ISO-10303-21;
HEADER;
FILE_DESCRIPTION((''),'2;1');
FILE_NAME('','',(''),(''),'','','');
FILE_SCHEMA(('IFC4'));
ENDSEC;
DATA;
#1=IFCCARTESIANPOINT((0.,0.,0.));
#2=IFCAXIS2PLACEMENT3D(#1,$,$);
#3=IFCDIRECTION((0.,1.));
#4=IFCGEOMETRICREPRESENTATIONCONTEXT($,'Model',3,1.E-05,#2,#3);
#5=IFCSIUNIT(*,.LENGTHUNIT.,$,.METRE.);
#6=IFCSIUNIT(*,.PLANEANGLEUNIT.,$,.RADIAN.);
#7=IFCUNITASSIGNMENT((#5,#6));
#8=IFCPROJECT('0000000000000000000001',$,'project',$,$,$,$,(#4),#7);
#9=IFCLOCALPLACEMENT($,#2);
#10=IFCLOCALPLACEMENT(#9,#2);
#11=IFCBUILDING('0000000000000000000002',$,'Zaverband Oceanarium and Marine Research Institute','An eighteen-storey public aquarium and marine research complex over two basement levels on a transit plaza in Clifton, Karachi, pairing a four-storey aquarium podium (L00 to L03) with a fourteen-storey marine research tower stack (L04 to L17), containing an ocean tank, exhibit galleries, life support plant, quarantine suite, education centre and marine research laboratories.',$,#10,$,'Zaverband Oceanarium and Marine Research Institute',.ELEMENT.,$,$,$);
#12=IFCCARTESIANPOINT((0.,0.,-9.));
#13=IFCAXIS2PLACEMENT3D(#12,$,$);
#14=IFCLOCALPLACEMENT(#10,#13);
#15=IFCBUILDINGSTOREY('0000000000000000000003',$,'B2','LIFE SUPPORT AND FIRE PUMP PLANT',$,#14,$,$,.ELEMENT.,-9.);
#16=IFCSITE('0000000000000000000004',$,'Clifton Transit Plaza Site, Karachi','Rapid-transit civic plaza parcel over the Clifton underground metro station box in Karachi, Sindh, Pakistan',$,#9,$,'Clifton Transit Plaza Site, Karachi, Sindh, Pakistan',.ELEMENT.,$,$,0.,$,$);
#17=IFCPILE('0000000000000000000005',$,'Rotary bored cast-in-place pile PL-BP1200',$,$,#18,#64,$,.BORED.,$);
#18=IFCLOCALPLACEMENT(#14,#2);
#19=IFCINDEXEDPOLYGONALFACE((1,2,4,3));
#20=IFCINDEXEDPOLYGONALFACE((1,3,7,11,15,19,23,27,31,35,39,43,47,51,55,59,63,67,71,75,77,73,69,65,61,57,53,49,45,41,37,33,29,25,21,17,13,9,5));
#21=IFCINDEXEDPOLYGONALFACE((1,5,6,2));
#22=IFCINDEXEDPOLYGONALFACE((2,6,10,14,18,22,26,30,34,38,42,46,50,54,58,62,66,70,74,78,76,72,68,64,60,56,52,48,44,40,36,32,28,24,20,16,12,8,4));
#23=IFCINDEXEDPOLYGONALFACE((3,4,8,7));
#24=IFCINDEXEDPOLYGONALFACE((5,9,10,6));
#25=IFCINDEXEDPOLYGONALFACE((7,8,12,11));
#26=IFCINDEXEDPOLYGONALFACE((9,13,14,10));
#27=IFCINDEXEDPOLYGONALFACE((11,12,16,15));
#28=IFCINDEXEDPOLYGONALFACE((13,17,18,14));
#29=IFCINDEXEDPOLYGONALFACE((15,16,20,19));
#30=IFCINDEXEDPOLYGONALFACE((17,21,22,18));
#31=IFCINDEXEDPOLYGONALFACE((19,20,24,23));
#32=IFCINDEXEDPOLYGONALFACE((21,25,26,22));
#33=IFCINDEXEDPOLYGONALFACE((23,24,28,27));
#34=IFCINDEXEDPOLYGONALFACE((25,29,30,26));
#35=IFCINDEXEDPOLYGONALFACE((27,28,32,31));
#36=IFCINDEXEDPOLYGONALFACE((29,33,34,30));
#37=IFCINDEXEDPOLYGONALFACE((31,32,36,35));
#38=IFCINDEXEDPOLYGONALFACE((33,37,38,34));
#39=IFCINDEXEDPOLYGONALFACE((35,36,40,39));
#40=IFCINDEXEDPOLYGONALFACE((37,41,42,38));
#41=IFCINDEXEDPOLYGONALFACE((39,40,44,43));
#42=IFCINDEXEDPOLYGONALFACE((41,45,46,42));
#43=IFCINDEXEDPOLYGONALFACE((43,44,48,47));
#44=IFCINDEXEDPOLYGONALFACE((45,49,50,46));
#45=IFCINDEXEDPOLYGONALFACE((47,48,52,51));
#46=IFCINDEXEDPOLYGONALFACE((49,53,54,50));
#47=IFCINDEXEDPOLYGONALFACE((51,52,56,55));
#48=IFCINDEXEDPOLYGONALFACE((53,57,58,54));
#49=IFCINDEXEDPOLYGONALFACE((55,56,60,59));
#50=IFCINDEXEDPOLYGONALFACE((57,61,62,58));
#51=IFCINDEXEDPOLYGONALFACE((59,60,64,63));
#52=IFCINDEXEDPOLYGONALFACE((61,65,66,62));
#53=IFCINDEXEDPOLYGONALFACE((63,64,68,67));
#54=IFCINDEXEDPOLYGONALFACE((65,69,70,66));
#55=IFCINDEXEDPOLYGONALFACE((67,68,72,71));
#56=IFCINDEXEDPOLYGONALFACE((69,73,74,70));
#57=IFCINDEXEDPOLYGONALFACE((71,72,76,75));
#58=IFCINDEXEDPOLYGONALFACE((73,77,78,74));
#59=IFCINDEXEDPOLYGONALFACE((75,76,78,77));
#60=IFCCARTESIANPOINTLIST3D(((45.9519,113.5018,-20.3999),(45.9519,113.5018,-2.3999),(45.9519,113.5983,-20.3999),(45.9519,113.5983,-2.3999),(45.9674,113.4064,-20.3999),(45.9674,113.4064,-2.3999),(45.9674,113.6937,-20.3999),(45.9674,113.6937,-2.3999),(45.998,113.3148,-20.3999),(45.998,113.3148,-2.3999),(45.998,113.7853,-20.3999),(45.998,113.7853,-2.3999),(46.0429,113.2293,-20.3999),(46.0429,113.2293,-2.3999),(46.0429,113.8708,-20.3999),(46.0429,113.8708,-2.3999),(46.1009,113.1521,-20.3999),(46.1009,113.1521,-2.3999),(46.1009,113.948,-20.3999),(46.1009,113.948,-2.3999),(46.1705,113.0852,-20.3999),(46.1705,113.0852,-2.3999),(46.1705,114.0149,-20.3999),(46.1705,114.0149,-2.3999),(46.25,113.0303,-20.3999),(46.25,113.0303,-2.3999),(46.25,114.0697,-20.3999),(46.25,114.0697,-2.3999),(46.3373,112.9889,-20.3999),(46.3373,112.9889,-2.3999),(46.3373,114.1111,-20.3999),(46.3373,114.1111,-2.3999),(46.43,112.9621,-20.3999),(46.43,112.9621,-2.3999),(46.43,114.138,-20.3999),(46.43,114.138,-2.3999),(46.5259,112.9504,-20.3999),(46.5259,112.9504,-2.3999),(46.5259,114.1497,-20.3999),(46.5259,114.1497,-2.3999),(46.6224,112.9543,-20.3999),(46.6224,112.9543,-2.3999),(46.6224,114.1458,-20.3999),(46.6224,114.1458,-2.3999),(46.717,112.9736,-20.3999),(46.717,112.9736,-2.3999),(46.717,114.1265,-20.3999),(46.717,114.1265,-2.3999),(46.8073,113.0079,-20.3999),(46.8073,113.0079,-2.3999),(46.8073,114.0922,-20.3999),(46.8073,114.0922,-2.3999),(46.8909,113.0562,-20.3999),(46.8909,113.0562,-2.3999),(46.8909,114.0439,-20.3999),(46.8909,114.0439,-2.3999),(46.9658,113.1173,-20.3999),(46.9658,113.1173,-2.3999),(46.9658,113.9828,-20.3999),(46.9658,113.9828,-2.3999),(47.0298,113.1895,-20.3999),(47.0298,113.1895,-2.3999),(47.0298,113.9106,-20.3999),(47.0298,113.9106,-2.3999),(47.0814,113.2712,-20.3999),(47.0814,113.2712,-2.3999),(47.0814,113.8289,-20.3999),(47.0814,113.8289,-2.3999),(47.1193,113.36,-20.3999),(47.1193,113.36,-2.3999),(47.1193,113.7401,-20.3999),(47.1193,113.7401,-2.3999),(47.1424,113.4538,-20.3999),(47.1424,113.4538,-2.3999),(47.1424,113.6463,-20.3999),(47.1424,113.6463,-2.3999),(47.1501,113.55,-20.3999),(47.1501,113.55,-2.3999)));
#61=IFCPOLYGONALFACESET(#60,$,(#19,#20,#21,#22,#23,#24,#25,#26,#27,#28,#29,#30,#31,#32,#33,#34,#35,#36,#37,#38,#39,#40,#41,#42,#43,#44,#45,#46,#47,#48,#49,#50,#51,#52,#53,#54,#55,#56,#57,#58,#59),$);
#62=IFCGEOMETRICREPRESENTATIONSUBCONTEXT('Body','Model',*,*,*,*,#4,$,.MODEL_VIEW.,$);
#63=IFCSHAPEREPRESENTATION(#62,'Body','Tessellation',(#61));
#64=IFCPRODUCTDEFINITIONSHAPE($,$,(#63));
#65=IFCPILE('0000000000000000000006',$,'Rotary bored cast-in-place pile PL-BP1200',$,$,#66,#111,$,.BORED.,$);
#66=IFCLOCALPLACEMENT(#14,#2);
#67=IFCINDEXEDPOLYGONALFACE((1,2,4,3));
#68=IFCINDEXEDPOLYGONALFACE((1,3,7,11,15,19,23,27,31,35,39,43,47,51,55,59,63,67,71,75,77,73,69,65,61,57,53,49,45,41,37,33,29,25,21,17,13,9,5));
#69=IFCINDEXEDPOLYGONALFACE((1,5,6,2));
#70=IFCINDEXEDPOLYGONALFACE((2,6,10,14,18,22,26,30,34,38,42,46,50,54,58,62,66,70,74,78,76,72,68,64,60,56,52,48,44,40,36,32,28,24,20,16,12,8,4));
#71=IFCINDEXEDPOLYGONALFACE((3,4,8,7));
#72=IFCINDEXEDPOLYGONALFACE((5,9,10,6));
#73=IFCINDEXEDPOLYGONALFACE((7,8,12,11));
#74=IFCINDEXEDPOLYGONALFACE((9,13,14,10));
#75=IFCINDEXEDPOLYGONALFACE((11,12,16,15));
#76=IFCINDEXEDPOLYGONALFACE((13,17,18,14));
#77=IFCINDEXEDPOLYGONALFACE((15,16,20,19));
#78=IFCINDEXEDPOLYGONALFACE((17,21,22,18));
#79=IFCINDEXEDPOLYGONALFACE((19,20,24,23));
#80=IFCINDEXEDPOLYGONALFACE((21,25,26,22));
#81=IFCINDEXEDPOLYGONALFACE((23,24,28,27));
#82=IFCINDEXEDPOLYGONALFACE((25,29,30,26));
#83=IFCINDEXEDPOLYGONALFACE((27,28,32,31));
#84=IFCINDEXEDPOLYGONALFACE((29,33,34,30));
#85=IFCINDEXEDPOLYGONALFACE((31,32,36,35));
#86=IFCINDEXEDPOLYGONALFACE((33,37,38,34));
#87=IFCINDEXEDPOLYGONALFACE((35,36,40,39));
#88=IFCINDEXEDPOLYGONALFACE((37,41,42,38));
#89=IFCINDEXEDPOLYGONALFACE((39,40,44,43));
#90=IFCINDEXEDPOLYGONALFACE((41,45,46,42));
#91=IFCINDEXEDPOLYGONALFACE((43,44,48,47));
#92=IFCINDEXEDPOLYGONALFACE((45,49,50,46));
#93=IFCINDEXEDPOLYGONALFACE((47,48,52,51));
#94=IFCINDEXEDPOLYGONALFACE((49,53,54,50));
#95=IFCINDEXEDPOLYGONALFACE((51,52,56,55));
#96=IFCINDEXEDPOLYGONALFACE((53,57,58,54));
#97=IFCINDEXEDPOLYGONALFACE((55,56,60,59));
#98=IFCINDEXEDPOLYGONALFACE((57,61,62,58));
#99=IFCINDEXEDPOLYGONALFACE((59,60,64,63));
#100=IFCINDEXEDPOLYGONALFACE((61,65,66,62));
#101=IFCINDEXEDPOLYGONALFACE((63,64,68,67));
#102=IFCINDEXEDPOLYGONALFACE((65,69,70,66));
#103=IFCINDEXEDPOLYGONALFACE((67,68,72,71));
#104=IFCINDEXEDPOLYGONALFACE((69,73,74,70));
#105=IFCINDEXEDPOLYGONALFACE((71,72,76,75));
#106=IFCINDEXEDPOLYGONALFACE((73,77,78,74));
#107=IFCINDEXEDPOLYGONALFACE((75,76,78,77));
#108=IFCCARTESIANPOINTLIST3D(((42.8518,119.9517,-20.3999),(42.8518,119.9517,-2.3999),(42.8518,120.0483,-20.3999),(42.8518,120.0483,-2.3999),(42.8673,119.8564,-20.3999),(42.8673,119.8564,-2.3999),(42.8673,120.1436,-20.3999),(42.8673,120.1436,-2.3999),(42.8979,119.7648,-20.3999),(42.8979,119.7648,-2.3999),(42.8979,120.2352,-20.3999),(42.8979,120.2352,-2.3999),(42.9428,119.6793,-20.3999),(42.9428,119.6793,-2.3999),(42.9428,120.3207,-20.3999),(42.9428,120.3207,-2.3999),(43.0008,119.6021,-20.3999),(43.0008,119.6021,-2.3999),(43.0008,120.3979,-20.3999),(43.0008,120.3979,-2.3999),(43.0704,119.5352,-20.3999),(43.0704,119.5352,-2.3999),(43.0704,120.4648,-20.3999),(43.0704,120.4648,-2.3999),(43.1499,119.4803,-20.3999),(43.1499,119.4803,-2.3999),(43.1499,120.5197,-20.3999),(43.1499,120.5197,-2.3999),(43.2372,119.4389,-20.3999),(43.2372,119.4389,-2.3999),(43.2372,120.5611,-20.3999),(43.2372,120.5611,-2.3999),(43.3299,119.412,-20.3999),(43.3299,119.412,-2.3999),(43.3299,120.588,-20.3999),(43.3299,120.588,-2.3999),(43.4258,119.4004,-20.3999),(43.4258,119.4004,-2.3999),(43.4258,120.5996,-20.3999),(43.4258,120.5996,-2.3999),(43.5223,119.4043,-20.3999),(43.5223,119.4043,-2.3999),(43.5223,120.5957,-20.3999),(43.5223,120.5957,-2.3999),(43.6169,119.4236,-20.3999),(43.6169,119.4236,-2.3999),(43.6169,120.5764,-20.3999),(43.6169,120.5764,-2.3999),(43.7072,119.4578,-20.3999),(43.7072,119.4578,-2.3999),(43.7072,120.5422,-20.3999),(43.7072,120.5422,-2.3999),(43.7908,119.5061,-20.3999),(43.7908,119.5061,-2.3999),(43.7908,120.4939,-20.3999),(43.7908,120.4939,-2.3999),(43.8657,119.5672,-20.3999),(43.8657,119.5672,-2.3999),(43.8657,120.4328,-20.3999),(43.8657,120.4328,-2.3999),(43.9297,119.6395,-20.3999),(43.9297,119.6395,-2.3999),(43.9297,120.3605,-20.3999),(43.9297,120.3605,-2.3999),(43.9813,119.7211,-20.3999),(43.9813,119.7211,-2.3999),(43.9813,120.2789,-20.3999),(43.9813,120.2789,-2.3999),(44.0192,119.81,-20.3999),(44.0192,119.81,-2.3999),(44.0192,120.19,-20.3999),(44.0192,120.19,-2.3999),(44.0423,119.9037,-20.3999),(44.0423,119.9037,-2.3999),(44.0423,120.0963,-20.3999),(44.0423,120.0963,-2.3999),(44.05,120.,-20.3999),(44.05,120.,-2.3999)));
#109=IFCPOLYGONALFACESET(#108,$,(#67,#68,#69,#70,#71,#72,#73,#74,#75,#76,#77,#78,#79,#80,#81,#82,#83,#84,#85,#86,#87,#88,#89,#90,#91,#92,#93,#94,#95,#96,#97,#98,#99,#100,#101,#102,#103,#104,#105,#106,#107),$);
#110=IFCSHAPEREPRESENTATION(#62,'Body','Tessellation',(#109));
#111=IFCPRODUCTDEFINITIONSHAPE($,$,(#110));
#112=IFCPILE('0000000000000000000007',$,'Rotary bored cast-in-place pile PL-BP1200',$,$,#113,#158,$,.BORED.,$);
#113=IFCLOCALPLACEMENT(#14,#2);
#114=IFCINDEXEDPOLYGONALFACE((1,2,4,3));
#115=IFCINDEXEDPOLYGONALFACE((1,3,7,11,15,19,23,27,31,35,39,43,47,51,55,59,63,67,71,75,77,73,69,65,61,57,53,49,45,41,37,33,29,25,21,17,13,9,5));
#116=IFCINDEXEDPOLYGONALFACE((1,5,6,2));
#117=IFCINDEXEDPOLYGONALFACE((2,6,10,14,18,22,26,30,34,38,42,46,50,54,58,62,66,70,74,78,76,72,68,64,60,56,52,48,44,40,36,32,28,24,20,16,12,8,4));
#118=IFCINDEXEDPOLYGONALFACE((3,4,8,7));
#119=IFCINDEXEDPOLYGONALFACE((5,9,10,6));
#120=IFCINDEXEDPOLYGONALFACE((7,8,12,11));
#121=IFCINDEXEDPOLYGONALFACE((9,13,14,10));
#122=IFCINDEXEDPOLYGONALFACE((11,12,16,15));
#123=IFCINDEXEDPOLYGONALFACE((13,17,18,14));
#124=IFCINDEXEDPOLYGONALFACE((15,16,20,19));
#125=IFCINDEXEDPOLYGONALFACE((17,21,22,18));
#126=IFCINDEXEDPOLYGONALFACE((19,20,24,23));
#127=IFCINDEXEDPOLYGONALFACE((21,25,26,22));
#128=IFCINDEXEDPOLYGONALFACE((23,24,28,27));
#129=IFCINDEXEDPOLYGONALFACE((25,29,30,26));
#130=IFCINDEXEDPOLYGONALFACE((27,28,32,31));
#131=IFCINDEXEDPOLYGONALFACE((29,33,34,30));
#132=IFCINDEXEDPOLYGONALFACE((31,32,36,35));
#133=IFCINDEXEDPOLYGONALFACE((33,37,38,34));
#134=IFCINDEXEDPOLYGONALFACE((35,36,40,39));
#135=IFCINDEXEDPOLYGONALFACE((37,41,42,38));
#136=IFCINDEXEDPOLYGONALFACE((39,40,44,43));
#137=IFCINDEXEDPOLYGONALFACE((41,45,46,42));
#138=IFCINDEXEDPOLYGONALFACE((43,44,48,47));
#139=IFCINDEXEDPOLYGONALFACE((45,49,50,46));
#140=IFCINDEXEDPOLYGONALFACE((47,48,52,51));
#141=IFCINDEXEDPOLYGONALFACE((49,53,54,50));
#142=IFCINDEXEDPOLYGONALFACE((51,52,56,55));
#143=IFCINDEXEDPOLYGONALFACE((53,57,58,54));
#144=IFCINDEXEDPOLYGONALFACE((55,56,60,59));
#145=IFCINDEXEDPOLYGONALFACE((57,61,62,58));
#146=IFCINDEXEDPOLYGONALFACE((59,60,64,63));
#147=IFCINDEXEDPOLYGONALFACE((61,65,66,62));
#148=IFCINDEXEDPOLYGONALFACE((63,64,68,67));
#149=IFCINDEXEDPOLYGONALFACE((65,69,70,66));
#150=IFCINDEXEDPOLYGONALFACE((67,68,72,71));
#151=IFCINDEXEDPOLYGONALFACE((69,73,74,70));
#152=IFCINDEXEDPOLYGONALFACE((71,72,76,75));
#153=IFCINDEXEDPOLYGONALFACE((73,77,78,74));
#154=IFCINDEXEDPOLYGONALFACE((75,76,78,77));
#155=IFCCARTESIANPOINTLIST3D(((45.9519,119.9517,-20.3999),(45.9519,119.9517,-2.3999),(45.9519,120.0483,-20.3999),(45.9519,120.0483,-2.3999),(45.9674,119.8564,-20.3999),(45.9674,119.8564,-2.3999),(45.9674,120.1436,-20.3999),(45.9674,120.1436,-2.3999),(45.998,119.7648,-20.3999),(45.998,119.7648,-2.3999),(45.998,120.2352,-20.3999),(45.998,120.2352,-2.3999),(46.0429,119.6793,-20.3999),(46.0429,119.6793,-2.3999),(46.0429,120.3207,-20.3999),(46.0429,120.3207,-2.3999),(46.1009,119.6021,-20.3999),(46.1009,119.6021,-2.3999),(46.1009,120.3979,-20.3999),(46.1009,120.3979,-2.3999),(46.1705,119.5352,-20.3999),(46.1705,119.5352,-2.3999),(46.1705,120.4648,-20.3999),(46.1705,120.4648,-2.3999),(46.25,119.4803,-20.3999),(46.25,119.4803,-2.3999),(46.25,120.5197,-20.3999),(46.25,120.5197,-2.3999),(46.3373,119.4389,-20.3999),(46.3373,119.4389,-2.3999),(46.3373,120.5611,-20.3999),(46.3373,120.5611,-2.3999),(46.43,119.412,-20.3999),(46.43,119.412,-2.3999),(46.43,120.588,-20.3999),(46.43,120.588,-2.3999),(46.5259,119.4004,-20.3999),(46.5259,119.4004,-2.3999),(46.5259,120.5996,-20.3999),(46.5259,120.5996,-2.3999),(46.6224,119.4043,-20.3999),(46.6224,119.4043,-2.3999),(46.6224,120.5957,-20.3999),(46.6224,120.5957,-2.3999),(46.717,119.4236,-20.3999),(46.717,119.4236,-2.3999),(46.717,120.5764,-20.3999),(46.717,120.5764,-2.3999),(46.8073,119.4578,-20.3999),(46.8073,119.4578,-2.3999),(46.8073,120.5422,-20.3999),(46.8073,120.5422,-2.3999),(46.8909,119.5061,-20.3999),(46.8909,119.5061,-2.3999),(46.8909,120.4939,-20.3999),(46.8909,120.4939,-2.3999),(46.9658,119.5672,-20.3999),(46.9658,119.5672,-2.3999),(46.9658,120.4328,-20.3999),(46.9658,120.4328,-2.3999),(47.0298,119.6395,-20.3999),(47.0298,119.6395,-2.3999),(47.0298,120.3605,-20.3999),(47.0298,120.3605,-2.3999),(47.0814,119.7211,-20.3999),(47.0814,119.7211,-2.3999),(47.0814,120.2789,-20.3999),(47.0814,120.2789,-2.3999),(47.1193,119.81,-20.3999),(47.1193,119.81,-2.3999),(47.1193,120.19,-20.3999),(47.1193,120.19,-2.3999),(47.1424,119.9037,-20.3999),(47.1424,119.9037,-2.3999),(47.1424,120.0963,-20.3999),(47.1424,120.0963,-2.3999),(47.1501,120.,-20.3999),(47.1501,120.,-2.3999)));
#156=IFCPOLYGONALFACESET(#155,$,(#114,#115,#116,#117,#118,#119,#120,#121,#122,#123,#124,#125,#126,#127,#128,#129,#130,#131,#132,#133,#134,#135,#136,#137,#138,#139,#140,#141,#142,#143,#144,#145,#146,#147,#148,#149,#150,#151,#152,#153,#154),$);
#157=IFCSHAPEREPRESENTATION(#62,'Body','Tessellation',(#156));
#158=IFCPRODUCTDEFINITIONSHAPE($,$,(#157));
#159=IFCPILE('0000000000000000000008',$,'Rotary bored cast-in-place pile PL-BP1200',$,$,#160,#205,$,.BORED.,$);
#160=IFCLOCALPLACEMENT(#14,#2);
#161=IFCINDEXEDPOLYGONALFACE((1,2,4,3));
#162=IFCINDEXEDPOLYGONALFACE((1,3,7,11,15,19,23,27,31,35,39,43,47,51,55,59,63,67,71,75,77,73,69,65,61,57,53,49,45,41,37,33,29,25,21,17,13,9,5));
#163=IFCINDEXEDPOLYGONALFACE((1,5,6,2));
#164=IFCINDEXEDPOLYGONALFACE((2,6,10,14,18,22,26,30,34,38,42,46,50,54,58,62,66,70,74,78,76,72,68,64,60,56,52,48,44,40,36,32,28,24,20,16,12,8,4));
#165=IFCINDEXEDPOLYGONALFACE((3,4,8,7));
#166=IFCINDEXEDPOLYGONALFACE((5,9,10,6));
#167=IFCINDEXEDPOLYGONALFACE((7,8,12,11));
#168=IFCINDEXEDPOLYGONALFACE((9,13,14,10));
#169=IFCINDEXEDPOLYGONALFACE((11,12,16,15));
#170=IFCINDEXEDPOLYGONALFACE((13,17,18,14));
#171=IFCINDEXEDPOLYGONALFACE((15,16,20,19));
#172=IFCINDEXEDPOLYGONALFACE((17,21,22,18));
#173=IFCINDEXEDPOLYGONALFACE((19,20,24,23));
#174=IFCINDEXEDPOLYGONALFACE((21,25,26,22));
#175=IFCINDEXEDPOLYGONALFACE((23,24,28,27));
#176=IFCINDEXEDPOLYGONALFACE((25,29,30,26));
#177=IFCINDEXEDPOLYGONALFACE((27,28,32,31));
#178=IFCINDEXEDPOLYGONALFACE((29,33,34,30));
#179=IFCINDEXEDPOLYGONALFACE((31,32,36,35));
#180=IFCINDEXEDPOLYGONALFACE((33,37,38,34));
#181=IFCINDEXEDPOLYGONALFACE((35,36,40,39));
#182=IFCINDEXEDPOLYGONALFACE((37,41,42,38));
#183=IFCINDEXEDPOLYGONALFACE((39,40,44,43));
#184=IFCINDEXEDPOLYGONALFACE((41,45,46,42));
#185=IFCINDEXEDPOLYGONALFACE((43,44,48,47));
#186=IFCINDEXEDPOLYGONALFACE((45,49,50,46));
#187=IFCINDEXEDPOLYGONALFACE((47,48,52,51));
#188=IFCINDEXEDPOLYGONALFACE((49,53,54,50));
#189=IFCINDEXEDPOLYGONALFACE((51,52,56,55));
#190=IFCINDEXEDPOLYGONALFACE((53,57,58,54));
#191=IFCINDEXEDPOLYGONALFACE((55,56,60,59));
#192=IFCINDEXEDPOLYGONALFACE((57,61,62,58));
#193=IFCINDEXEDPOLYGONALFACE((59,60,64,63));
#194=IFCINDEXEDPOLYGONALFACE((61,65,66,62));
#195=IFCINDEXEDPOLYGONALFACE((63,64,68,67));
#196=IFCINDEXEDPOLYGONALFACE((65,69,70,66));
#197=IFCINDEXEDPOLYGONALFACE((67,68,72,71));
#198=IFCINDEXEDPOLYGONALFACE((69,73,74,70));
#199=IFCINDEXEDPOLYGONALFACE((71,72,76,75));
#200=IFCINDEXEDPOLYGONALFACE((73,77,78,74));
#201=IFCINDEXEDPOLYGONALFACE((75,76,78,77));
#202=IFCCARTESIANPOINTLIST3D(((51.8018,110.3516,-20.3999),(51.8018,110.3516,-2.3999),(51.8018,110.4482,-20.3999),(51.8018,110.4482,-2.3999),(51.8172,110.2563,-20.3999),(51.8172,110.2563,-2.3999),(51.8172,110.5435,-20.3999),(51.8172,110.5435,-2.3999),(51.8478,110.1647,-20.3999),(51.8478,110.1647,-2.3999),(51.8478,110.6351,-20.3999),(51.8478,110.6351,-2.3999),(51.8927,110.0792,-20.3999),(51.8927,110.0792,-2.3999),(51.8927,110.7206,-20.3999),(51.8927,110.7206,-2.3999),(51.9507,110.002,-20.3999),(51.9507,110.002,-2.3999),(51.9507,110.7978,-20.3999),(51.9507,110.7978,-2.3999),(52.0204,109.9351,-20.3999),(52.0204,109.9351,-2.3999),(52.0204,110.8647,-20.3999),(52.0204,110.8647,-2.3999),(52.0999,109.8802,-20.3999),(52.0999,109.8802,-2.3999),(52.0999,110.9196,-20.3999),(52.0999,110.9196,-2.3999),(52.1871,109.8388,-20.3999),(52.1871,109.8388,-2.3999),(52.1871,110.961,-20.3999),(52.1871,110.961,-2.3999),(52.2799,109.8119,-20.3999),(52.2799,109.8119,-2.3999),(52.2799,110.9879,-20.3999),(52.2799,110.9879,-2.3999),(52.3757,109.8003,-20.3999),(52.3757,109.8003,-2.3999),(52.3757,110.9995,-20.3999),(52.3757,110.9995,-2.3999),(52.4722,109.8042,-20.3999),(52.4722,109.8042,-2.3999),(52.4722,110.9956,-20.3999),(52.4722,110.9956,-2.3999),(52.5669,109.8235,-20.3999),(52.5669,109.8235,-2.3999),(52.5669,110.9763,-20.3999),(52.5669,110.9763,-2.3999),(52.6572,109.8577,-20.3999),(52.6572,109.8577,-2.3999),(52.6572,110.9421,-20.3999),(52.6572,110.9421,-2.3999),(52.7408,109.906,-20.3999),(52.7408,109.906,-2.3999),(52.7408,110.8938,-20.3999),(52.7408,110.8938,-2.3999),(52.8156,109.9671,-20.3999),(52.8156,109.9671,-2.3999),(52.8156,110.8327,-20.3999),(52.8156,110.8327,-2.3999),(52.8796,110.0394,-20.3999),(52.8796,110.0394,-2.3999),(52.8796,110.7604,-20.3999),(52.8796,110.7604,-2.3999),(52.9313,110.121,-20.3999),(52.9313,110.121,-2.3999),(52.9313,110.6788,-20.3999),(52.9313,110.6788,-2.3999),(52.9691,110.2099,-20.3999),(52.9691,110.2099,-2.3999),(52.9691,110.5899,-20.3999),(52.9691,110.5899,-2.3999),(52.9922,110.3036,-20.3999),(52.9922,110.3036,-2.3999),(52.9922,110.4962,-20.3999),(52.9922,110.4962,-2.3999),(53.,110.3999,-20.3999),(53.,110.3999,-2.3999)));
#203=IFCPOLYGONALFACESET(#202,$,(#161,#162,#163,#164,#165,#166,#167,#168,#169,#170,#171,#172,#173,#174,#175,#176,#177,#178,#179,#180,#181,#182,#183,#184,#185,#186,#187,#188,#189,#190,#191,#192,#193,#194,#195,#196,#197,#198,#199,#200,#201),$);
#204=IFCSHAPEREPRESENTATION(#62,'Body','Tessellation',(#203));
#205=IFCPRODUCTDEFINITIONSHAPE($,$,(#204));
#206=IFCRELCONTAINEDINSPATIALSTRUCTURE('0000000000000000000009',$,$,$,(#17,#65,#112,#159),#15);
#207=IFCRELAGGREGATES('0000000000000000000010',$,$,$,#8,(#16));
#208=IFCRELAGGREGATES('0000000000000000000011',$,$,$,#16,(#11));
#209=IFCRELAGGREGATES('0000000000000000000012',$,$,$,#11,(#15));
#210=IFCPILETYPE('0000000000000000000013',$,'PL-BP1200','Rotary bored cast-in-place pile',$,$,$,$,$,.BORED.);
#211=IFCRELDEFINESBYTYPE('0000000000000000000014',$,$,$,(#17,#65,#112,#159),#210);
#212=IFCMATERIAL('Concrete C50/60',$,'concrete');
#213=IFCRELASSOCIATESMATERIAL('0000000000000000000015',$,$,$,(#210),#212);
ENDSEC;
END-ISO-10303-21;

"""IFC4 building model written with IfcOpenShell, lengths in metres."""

from ifc_helpers import new_model, si_unit, direction, frame, origin, origin_2d, place, context, subcontext, project, spatial, circle, extrude, material, material_profile, profile_set, type_object, element, save


model = new_model("IFC4")

# Units and contexts
model_context = context("Model", 3, precision=1e-05, world=origin(), true_north=direction((0.0, 1.0)))
body_context = subcontext(model_context, "Body", "Model", "MODEL_VIEW")
ifc_project = project(units=[si_unit("LENGTHUNIT", "METRE"), si_unit("PLANEANGLEUNIT", "RADIAN")], contexts=[model_context])

# Site, building, storey
site_placement = place(None, origin())
site = spatial("IfcSite", under=ifc_project, at=site_placement, Name="Clifton Transit Plaza Site, Karachi", Description="Rapid-transit civic plaza parcel over the Clifton underground metro station box in Karachi, Sindh, Pakistan", LongName="Clifton Transit Plaza Site, Karachi, Sindh, Pakistan", CompositionType="ELEMENT", RefElevation=0.0)
building_placement = place(site_placement, origin())
building = spatial("IfcBuilding", under=site, at=building_placement, Name="Zaverband Oceanarium and Marine Research Institute", Description="An eighteen-storey public aquarium and marine research complex over two basement levels on a transit plaza in Clifton, Karachi, pairing a four-storey aquarium podium (L00 to L03) with a fourteen-storey marine research tower stack (L04 to L17), containing an ocean tank, exhibit galleries, life support plant, quarantine suite, education centre and marine research laboratories.", LongName="Zaverband Oceanarium and Marine Research Institute", CompositionType="ELEMENT")
storey_placement = place(building_placement, frame((0.0, 0.0, -9.0)))
storey = spatial("IfcBuildingStorey", under=building, at=storey_placement, Name="B2", Description="LIFE SUPPORT AND FIRE PUMP PLANT", CompositionType="ELEMENT", Elevation=-9.0)

# Shared definitions
ifc_material_1 = material(Name="Concrete C50/60", Category="concrete")

# Piles
ifc_material_profile_1 = material_profile(ifc_material_1, circle(Radius=0.6001, at=origin_2d()), Name="BP1200")
ifc_profile_set_1 = profile_set([ifc_material_profile_1], Name="Concrete C50/60")
pile_type = type_object("IfcPileType", Name="PL-BP1200", Description="Rotary bored cast-in-place pile", PredefinedType="BORED", material=ifc_profile_set_1)
for number, where, z_axis, x_axis, name in (
    (1, (46.55, 113.55, -2.3999), (0.0, 0.0, -1.0), (1.0, 0.0, 0.0), "Rotary bored cast-in-place pile PL-BP1200"),
    (2, (43.45, 120.0, -2.3999), (0.0, 0.0, -1.0), (1.0, 0.0, 0.0), "Rotary bored cast-in-place pile PL-BP1200"),
    (3, (46.55, 120.0, -2.3999), (0.0, 0.0, -1.0), (1.0, 0.0, 0.0), "Rotary bored cast-in-place pile PL-BP1200"),
    (4, (52.3999, 110.3999, -2.3999), (0.0, 0.0, -1.0), (1.0, 0.0, 0.0), "Rotary bored cast-in-place pile PL-BP1200"),
):
    element("IfcPile", number, at=place(storey_placement, frame(where, z_axis=z_axis, x_axis=x_axis)), inside=storey, type_object=pile_type, Name=name, PredefinedType="BORED", context=body_context, shape_type="SweptSolid", body=[
        extrude(circle(Radius=0.6001, at=origin_2d()), origin(), (0.0, 0.0, 1.0), 18.0),
    ])

save(model, "model.ifc")
